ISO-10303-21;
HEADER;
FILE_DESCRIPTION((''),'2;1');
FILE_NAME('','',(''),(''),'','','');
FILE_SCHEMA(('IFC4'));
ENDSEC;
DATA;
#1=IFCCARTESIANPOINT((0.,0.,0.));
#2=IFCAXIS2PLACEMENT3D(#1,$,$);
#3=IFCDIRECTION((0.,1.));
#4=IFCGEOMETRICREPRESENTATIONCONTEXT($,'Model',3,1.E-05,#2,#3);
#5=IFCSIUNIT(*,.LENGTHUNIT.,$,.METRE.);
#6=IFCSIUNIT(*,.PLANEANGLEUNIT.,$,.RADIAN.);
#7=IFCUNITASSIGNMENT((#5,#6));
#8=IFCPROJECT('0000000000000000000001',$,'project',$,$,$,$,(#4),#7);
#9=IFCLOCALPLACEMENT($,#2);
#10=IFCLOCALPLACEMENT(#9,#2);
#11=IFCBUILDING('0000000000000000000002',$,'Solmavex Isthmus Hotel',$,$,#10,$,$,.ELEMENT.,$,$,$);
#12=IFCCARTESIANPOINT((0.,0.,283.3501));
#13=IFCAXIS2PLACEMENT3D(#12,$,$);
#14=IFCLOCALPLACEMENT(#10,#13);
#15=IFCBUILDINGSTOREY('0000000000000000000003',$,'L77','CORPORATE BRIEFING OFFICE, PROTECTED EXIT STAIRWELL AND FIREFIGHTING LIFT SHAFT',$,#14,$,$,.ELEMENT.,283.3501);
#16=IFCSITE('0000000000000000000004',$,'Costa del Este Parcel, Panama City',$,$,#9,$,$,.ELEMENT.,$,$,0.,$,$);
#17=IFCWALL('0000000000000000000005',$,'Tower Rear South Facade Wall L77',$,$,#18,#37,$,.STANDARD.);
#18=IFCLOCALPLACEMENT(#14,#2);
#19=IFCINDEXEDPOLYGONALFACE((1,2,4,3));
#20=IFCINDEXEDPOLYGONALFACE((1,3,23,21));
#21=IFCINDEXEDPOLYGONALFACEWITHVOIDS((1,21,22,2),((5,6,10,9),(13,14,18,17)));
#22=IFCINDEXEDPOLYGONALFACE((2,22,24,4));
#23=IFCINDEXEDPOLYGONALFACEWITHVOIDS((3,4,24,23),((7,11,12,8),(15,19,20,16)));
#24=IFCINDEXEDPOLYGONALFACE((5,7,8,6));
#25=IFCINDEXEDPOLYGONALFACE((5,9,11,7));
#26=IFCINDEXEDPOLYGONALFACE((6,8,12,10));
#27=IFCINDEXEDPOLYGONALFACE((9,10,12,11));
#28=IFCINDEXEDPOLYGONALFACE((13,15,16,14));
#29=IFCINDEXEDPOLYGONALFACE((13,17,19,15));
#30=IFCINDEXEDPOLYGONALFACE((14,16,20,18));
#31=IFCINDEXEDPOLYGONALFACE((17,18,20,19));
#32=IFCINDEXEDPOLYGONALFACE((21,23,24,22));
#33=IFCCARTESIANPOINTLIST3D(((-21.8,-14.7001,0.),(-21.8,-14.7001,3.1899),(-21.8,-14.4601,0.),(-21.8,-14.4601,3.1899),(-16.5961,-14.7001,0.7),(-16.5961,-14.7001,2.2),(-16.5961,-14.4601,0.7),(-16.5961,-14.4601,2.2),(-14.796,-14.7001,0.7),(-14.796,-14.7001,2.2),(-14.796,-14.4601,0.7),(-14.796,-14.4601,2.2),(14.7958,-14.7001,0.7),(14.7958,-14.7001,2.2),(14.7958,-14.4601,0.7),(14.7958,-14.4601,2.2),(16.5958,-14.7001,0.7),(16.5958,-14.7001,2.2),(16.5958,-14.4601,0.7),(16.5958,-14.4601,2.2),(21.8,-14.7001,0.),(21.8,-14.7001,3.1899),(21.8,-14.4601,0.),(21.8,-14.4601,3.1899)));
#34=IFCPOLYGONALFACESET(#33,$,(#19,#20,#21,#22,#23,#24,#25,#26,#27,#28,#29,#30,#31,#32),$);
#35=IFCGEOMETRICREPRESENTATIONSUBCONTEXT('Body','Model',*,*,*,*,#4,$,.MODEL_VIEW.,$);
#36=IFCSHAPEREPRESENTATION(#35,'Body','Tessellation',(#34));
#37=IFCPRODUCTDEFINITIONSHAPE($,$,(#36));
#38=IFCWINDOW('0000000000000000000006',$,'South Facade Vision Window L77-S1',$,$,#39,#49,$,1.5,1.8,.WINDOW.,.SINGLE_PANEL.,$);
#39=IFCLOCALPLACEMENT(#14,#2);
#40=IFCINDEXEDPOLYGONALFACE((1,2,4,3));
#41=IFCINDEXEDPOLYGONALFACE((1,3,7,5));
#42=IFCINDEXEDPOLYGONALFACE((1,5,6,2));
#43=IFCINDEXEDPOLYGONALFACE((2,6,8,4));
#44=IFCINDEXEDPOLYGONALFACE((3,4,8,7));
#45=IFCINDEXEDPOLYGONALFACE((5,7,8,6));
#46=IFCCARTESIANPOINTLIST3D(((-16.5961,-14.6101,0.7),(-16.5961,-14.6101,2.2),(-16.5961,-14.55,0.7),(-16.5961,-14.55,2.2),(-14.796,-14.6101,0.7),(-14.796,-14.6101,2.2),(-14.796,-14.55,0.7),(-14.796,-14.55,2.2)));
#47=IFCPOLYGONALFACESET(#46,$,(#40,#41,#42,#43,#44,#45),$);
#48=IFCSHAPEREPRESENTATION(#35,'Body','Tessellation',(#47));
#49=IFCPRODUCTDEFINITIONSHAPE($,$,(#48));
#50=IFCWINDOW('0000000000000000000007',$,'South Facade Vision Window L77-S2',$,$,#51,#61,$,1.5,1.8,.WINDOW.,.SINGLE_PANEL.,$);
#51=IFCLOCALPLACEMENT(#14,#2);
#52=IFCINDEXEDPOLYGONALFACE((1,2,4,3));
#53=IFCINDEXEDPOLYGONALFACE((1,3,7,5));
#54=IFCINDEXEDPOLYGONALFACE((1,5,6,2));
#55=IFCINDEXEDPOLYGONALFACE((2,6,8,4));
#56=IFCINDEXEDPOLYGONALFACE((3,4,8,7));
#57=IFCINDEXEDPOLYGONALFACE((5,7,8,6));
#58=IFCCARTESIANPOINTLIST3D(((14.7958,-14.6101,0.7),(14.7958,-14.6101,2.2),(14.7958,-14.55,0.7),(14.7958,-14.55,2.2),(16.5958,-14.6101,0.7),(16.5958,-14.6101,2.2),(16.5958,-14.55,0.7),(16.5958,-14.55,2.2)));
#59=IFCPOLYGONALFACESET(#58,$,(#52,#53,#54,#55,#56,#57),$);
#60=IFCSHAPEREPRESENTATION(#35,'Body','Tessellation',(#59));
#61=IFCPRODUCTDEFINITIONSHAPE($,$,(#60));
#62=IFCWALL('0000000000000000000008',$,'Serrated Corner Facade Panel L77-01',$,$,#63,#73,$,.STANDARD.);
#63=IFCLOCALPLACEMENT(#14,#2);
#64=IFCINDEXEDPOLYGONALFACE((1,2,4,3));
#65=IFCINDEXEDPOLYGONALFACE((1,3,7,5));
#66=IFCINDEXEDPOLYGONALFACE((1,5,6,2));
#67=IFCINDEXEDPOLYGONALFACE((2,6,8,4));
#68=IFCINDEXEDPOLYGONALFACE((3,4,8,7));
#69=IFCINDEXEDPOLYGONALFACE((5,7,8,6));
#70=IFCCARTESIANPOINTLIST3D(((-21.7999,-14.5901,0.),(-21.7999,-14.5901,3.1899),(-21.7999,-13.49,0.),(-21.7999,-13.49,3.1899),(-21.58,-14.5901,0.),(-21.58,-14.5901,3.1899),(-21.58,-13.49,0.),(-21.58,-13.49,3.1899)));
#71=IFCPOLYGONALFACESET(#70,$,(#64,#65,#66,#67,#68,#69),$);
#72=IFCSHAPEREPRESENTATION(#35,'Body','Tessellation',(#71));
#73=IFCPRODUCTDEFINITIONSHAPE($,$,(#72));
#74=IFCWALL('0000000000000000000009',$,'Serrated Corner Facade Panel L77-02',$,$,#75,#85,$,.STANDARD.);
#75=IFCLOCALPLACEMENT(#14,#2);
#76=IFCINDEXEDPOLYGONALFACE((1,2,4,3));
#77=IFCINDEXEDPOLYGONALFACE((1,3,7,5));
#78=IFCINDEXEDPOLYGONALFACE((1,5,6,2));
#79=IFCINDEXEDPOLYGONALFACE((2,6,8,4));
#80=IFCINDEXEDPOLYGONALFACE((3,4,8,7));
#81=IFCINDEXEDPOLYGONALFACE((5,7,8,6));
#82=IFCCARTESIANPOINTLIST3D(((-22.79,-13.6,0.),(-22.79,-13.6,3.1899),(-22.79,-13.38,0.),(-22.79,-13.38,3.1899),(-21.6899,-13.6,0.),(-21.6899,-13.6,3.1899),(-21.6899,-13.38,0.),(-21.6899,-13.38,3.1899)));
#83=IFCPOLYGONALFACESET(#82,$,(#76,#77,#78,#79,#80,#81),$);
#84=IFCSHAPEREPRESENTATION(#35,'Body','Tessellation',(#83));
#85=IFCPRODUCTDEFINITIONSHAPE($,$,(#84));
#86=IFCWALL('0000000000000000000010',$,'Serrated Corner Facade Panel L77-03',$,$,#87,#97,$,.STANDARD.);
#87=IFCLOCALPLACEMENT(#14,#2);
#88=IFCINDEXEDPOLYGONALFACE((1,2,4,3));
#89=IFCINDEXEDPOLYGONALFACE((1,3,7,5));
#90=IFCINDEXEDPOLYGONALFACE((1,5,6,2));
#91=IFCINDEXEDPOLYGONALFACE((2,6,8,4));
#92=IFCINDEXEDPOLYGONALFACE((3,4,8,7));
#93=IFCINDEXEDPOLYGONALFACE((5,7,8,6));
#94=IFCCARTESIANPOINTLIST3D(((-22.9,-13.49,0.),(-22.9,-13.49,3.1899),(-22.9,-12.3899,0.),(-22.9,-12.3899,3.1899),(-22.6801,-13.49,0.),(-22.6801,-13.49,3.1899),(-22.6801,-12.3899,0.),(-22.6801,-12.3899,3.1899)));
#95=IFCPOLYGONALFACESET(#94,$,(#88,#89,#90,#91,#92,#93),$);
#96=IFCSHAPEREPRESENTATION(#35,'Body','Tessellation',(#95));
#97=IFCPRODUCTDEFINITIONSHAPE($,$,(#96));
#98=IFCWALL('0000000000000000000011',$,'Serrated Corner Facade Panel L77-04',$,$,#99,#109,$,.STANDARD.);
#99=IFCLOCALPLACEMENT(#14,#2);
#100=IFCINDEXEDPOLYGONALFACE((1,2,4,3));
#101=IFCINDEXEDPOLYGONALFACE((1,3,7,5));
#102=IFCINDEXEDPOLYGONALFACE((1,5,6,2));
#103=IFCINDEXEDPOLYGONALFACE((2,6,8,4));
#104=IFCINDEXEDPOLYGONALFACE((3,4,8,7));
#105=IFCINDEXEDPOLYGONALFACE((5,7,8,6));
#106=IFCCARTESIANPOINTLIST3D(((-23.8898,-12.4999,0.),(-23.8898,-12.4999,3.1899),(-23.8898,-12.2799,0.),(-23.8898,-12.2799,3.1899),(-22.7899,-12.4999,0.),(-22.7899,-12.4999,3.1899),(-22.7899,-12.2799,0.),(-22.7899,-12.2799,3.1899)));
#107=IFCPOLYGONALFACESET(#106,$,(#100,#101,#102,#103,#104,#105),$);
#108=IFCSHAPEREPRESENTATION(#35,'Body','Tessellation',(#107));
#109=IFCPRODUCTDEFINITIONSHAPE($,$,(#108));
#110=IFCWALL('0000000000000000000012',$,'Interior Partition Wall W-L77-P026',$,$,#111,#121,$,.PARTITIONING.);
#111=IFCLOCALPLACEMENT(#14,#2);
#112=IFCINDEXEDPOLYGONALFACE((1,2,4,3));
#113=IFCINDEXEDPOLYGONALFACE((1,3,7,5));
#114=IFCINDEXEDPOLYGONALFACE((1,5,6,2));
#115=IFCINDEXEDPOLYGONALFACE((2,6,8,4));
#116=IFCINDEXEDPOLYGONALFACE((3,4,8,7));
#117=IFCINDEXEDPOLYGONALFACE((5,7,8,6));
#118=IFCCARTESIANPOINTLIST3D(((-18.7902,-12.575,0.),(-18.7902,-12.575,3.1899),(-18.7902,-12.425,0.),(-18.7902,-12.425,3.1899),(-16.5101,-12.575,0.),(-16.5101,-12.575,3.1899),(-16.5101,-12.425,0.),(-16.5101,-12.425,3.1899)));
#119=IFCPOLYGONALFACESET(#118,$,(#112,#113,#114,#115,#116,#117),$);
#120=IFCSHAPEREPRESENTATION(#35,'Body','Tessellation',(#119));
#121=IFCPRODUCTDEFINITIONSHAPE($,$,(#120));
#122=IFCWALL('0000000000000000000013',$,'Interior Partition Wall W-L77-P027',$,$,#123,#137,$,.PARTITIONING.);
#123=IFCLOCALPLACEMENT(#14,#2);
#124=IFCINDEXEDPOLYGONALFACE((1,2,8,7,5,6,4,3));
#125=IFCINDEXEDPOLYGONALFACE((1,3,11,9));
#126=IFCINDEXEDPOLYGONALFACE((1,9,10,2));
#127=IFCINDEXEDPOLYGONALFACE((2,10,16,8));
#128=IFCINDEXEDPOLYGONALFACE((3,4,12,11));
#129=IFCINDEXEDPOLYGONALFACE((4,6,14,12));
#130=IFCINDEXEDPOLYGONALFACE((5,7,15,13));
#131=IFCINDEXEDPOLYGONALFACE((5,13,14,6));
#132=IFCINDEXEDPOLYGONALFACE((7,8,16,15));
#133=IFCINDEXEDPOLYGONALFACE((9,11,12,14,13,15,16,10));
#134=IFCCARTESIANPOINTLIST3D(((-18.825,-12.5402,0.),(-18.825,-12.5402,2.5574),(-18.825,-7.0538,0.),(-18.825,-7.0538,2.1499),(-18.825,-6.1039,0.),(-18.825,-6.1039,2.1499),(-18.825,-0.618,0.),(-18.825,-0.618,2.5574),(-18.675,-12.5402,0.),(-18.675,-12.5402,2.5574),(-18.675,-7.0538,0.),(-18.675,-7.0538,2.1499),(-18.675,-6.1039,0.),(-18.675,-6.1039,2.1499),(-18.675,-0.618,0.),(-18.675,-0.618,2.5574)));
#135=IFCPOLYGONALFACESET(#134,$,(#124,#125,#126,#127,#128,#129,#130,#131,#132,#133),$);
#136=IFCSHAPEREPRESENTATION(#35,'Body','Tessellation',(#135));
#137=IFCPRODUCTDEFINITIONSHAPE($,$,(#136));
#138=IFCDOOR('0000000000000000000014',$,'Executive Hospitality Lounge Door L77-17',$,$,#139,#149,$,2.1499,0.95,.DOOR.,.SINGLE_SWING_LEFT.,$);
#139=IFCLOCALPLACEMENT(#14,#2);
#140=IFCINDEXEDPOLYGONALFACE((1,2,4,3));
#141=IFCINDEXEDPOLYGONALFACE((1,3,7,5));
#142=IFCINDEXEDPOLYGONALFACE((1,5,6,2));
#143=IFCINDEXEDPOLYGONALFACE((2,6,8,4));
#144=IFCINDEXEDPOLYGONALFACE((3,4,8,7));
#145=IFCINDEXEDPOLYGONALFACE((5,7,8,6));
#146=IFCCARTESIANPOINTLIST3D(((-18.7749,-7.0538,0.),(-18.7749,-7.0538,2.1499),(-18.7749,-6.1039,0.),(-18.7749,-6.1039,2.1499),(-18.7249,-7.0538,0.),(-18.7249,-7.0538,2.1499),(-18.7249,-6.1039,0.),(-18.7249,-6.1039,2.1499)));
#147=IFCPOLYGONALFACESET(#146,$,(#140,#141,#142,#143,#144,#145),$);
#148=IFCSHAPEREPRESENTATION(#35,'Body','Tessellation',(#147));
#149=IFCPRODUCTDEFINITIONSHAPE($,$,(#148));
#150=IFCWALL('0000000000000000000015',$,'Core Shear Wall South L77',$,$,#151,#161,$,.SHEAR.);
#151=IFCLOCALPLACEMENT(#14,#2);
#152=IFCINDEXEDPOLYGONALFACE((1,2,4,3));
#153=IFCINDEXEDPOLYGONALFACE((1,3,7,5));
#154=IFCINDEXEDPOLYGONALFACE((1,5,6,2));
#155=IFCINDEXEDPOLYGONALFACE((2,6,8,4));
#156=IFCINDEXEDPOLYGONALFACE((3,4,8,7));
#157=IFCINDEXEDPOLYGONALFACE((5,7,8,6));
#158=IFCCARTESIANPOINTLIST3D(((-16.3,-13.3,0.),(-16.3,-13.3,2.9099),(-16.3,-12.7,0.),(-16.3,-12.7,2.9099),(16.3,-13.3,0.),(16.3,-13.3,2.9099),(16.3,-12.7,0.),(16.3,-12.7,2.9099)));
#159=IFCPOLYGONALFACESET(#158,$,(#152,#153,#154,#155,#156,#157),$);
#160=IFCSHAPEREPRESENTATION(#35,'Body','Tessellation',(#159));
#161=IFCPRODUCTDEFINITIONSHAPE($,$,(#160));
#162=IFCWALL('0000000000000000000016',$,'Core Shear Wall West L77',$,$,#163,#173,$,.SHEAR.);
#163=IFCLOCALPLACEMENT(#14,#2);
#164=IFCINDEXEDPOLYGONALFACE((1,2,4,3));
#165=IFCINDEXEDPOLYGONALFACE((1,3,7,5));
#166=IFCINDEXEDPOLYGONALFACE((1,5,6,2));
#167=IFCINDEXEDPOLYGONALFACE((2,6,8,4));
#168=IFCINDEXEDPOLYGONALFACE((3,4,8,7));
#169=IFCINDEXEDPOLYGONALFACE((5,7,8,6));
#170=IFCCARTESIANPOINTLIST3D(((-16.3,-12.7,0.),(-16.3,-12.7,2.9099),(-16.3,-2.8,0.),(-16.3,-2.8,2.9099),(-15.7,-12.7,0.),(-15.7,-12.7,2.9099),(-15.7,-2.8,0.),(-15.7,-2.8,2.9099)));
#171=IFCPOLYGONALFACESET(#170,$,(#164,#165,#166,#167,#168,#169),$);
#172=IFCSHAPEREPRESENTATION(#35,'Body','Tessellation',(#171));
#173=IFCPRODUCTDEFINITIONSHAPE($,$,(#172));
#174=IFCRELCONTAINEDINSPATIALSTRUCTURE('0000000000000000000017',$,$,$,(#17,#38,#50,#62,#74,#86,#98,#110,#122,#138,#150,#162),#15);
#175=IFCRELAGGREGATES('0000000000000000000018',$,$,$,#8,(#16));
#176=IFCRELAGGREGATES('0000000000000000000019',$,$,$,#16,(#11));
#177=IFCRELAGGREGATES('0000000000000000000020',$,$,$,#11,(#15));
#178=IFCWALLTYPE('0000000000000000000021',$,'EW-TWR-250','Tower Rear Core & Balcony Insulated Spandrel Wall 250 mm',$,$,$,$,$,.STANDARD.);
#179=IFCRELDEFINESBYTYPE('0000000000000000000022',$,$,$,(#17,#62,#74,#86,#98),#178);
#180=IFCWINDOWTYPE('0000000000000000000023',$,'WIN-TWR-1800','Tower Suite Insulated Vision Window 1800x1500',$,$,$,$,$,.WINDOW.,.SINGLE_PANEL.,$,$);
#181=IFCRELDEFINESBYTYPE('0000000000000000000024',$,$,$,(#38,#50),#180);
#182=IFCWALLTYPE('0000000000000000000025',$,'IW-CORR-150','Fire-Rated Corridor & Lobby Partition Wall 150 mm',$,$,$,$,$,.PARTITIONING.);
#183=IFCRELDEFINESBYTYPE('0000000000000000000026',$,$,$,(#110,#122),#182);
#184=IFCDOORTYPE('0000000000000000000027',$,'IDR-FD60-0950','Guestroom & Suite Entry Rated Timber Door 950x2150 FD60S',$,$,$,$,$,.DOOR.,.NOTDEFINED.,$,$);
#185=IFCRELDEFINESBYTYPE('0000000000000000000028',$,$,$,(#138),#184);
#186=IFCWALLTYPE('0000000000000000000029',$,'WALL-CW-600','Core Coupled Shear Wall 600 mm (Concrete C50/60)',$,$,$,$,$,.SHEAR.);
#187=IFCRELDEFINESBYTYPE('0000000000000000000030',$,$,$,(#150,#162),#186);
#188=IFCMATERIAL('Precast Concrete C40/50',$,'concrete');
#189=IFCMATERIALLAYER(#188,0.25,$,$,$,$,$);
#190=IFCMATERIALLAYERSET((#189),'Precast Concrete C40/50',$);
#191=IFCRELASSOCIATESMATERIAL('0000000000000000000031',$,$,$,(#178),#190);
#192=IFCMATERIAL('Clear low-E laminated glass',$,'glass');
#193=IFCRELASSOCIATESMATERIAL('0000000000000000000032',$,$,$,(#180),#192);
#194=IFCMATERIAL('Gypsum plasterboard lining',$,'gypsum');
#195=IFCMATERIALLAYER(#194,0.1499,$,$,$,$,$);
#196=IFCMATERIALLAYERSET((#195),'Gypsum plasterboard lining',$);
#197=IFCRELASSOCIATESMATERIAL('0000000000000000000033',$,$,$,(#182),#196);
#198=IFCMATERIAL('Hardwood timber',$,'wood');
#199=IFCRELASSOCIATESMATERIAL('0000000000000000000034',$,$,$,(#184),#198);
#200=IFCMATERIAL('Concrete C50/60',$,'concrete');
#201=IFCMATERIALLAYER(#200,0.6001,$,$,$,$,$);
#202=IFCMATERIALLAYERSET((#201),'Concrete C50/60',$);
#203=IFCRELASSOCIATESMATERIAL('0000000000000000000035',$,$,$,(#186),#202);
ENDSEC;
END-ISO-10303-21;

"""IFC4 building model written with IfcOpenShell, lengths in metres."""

from ifc_helpers import new_model, si_unit, direction, frame, frame_2d, origin, place, context, subcontext, project, spatial, rectangle, extrude, material, layer, layer_set, type_object, element, fill, save


model = new_model("IFC4")

# Units and contexts
model_context = context("Model", 3, precision=1e-05, world=origin(), true_north=direction((0.0, 1.0)))
body_context = subcontext(model_context, "Body", "Model", "MODEL_VIEW")
ifc_project = project(units=[si_unit("LENGTHUNIT", "METRE"), si_unit("PLANEANGLEUNIT", "RADIAN")], contexts=[model_context])

# Site, building, storey
site_placement = place(None, origin())
site = spatial("IfcSite", under=ifc_project, at=site_placement, Name="Costa del Este Parcel, Panama City", CompositionType="ELEMENT", RefElevation=0.0)
building_placement = place(site_placement, origin())
building = spatial("IfcBuilding", under=site, at=building_placement, Name="Solmavex Isthmus Hotel", CompositionType="ELEMENT")
storey_placement = place(building_placement, frame((0.0, 0.0, 283.3501)))
storey = spatial("IfcBuildingStorey", under=building, at=storey_placement, Name="L77", Description="CORPORATE BRIEFING OFFICE, PROTECTED EXIT STAIRWELL AND FIREFIGHTING LIFT SHAFT", CompositionType="ELEMENT", Elevation=283.3501)

# Shared definitions
ifc_material_1 = material(Name="Concrete C50/60", Category="concrete")

# Shared definitions
ifc_material_2 = material(Name="Clear low-E laminated glass", Category="glass")

# Wall, openings, windows
ifc_material_3 = material(Name="Precast Concrete C40/50", Category="concrete")
ifc_layer_1 = layer(ifc_material_3, 0.25)
ifc_layer_set_1 = layer_set([ifc_layer_1], Name="Precast Concrete C40/50")
wall_type_1 = type_object("IfcWallType", Name="EW-TWR-250", Description="Tower Rear Core & Balcony Insulated Spandrel Wall 250 mm", PredefinedType="STANDARD", material=ifc_layer_set_1)
wall_1_placement = place(storey_placement, frame((-21.8, -14.5801, 0.0), z_axis=(0.0, 0.0, 1.0), x_axis=(1.0, 0.0, 0.0)))
wall_1 = element("IfcWall", 1, at=wall_1_placement, inside=storey, type_object=wall_type_1, Name="Tower Rear South Facade Wall L77", PredefinedType="STANDARD", context=body_context, shape_type="SweptSolid", body=[
    extrude(rectangle(XDim=43.6001, YDim=0.24, at=frame_2d((21.8, 0.0))), origin(), (0.0, 0.0, 1.0), 3.1899),
])
opening_1_placement = place(wall_1_placement, frame((5.2041, 0.0, 0.7)))
opening_1 = element("IfcOpeningElement", 2, at=opening_1_placement, cuts=wall_1, PredefinedType="OPENING", context=body_context, shape_type="SweptSolid", body=[
    extrude(rectangle(XDim=1.8, YDim=1.5, at=frame_2d((0.8999, 0.75))), frame((0.0, 0.1299, 0.0), z_axis=(0.0, -1.0, 0.0), x_axis=(1.0, 0.0, 0.0)), (0.0, 0.0, 1.0), 0.26),
])
opening_2_placement = place(wall_1_placement, frame((36.5959, 0.0, 0.7)))
opening_2 = element("IfcOpeningElement", 3, at=opening_2_placement, cuts=wall_1, PredefinedType="OPENING", context=body_context, shape_type="SweptSolid", body=[
    extrude(rectangle(XDim=1.8, YDim=1.5, at=frame_2d((0.8999, 0.75))), frame((0.0, 0.1299, 0.0), z_axis=(0.0, -1.0, 0.0), x_axis=(1.0, 0.0, 0.0)), (0.0, 0.0, 1.0), 0.26),
])
window_type = type_object("IfcWindowType", Name="WIN-TWR-1800", Description="Tower Suite Insulated Vision Window 1800x1500", PartitioningType="SINGLE_PANEL", PredefinedType="WINDOW", material=ifc_material_2)
window_1_placement = place(opening_1_placement, origin())
window_1 = element("IfcWindow", 4, at=window_1_placement, inside=storey, type_object=window_type, Name="South Facade Vision Window L77-S1", OverallHeight=1.5, OverallWidth=1.8, PartitioningType="SINGLE_PANEL", PredefinedType="WINDOW", context=body_context, shape_type="SweptSolid", body=[
    extrude(rectangle(XDim=1.8, YDim=1.5, at=frame_2d((0.8999, 0.75))), frame((0.0, 0.03, 0.0), z_axis=(0.0, -1.0, 0.0), x_axis=(1.0, 0.0, 0.0)), (0.0, 0.0, 1.0), 0.0601),
])
fill(opening_1, window_1)
window_2_placement = place(opening_2_placement, origin())
window_2 = element("IfcWindow", 5, at=window_2_placement, inside=storey, type_object=window_type, Name="South Facade Vision Window L77-S2", OverallHeight=1.5, OverallWidth=1.8, PartitioningType="SINGLE_PANEL", PredefinedType="WINDOW", context=body_context, shape_type="SweptSolid", body=[
    extrude(rectangle(XDim=1.8, YDim=1.5, at=frame_2d((0.8999, 0.75))), frame((0.0, 0.03, 0.0), z_axis=(0.0, -1.0, 0.0), x_axis=(1.0, 0.0, 0.0)), (0.0, 0.0, 1.0), 0.0601),
])
fill(opening_2, window_2)

# Walls
for number, where, z_axis, x_axis, name in (
    (6, (-21.6899, -14.5901, 0.0), (0.0, 0.0, 1.0), (0.0, 1.0, 0.0), "Serrated Corner Facade Panel L77-01"),
    (7, (-21.6899, -13.49, 0.0), (0.0, 0.0, 1.0), (-1.0, 0.0, 0.0), "Serrated Corner Facade Panel L77-02"),
    (8, (-22.79, -13.49, 0.0), (0.0, 0.0, 1.0), (0.0, 1.0, 0.0), "Serrated Corner Facade Panel L77-03"),
):
    element("IfcWall", number, at=place(storey_placement, frame(where, z_axis=z_axis, x_axis=x_axis)), inside=storey, type_object=wall_type_1, Name=name, PredefinedType="STANDARD", context=body_context, shape_type="SweptSolid", body=[
        extrude(rectangle(XDim=1.1001, YDim=0.22, at=frame_2d((0.55, 0.0))), origin(), (0.0, 0.0, 1.0), 3.1899),
    ])
wall_2_placement = place(storey_placement, frame((-22.79, -12.3899, 0.0), z_axis=(0.0, 0.0, 1.0), x_axis=(-1.0, 0.0, 0.0)))
element("IfcWall", 9, at=wall_2_placement, inside=storey, type_object=wall_type_1, Name="Serrated Corner Facade Panel L77-04", PredefinedType="STANDARD", context=body_context, shape_type="SweptSolid", body=[
    extrude(rectangle(XDim=1.0999, YDim=0.22, at=frame_2d((0.5498, 0.0))), origin(), (0.0, 0.0, 1.0), 3.1899),
])
ifc_material_4 = material(Name="Gypsum plasterboard lining", Category="gypsum")
ifc_layer_2 = layer(ifc_material_4, 0.1499)
ifc_layer_set_2 = layer_set([ifc_layer_2], Name="Gypsum plasterboard lining")
wall_type_2 = type_object("IfcWallType", Name="IW-CORR-150", Description="Fire-Rated Corridor & Lobby Partition Wall 150 mm", PredefinedType="PARTITIONING", material=ifc_layer_set_2)
wall_3_placement = place(storey_placement, frame((-16.51, -12.5, 0.0), z_axis=(0.0, 0.0, 1.0), x_axis=(-1.0, 0.0, 0.0)))
element("IfcWall", 10, at=wall_3_placement, inside=storey, type_object=wall_type_2, Name="Interior Partition Wall W-L77-P026", PredefinedType="PARTITIONING", context=body_context, shape_type="SweptSolid", body=[
    extrude(rectangle(XDim=2.28, YDim=0.1499, at=frame_2d((1.1401, 0.0))), origin(), (0.0, 0.0, 1.0), 3.1899),
])

# Wall, opening, door
wall_4_placement = place(storey_placement, frame((-18.75, -12.54, 0.0), z_axis=(0.0, 0.0, 1.0), x_axis=(0.0, 1.0, 0.0)))
wall_4 = element("IfcWall", 11, at=wall_4_placement, inside=storey, type_object=wall_type_2, Name="Interior Partition Wall W-L77-P027", PredefinedType="PARTITIONING", context=body_context, shape_type="SweptSolid", body=[
    extrude(rectangle(XDim=11.9221, YDim=0.1499, at=frame_2d((5.9609, 0.0))), origin(), (0.0, 0.0, 1.0), 2.5574),
])
opening_3_placement = place(wall_4_placement, frame((5.4861, 0.0, 0.0)))
opening_3 = element("IfcOpeningElement", 12, at=opening_3_placement, cuts=wall_4, PredefinedType="OPENING", context=body_context, shape_type="SweptSolid", body=[
    extrude(rectangle(XDim=0.95, YDim=2.1499, at=frame_2d((0.4751, 1.075))), frame((0.0, 0.085, 0.0), z_axis=(0.0, -1.0, 0.0), x_axis=(1.0, 0.0, 0.0)), (0.0, 0.0, 1.0), 0.1699),
])
ifc_material_5 = material(Name="Hardwood timber", Category="wood")
door_type = type_object("IfcDoorType", Name="IDR-FD60-0950", Description="Guestroom & Suite Entry Rated Timber Door 950x2150 FD60S", OperationType="NOTDEFINED", PredefinedType="DOOR", material=ifc_material_5)
door_placement = place(opening_3_placement, origin())
door = element("IfcDoor", 13, at=door_placement, inside=storey, type_object=door_type, Name="Executive Hospitality Lounge Door L77-17", OperationType="SINGLE_SWING_LEFT", OverallHeight=2.1499, OverallWidth=0.95, PredefinedType="DOOR", context=body_context, shape_type="SweptSolid", body=[
    extrude(rectangle(XDim=0.95, YDim=2.1499, at=frame_2d((0.4751, 1.075))), frame((0.0, 0.0249, 0.0), z_axis=(0.0, -1.0, 0.0), x_axis=(1.0, 0.0, 0.0)), (0.0, 0.0, 1.0), 0.05),
])
fill(opening_3, door)

# Walls
ifc_layer_3 = layer(ifc_material_1, 0.6001)
ifc_layer_set_3 = layer_set([ifc_layer_3], Name="Concrete C50/60")
wall_type_3 = type_object("IfcWallType", Name="WALL-CW-600", Description="Core Coupled Shear Wall 600 mm (Concrete C50/60)", PredefinedType="SHEAR", material=ifc_layer_set_3)
wall_5_placement = place(storey_placement, frame((-16.3, -13.0, 0.0), z_axis=(0.0, 0.0, 1.0), x_axis=(1.0, 0.0, 0.0)))
element("IfcWall", 14, at=wall_5_placement, inside=storey, type_object=wall_type_3, Name="Core Shear Wall South L77", PredefinedType="SHEAR", context=body_context, shape_type="SweptSolid", body=[
    extrude(rectangle(XDim=32.6001, YDim=0.6001, at=frame_2d((16.3, 0.0))), origin(), (0.0, 0.0, 1.0), 2.9099),
])
wall_6_placement = place(storey_placement, frame((-16.0, -12.7, 0.0), z_axis=(0.0, 0.0, 1.0), x_axis=(0.0, 1.0, 0.0)))
element("IfcWall", 15, at=wall_6_placement, inside=storey, type_object=wall_type_3, Name="Core Shear Wall West L77", PredefinedType="SHEAR", context=body_context, shape_type="SweptSolid", body=[
    extrude(rectangle(XDim=9.8999, YDim=0.6001, at=frame_2d((4.95, 0.0))), origin(), (0.0, 0.0, 1.0), 2.9099),
])

save(model, "model.ifc")
